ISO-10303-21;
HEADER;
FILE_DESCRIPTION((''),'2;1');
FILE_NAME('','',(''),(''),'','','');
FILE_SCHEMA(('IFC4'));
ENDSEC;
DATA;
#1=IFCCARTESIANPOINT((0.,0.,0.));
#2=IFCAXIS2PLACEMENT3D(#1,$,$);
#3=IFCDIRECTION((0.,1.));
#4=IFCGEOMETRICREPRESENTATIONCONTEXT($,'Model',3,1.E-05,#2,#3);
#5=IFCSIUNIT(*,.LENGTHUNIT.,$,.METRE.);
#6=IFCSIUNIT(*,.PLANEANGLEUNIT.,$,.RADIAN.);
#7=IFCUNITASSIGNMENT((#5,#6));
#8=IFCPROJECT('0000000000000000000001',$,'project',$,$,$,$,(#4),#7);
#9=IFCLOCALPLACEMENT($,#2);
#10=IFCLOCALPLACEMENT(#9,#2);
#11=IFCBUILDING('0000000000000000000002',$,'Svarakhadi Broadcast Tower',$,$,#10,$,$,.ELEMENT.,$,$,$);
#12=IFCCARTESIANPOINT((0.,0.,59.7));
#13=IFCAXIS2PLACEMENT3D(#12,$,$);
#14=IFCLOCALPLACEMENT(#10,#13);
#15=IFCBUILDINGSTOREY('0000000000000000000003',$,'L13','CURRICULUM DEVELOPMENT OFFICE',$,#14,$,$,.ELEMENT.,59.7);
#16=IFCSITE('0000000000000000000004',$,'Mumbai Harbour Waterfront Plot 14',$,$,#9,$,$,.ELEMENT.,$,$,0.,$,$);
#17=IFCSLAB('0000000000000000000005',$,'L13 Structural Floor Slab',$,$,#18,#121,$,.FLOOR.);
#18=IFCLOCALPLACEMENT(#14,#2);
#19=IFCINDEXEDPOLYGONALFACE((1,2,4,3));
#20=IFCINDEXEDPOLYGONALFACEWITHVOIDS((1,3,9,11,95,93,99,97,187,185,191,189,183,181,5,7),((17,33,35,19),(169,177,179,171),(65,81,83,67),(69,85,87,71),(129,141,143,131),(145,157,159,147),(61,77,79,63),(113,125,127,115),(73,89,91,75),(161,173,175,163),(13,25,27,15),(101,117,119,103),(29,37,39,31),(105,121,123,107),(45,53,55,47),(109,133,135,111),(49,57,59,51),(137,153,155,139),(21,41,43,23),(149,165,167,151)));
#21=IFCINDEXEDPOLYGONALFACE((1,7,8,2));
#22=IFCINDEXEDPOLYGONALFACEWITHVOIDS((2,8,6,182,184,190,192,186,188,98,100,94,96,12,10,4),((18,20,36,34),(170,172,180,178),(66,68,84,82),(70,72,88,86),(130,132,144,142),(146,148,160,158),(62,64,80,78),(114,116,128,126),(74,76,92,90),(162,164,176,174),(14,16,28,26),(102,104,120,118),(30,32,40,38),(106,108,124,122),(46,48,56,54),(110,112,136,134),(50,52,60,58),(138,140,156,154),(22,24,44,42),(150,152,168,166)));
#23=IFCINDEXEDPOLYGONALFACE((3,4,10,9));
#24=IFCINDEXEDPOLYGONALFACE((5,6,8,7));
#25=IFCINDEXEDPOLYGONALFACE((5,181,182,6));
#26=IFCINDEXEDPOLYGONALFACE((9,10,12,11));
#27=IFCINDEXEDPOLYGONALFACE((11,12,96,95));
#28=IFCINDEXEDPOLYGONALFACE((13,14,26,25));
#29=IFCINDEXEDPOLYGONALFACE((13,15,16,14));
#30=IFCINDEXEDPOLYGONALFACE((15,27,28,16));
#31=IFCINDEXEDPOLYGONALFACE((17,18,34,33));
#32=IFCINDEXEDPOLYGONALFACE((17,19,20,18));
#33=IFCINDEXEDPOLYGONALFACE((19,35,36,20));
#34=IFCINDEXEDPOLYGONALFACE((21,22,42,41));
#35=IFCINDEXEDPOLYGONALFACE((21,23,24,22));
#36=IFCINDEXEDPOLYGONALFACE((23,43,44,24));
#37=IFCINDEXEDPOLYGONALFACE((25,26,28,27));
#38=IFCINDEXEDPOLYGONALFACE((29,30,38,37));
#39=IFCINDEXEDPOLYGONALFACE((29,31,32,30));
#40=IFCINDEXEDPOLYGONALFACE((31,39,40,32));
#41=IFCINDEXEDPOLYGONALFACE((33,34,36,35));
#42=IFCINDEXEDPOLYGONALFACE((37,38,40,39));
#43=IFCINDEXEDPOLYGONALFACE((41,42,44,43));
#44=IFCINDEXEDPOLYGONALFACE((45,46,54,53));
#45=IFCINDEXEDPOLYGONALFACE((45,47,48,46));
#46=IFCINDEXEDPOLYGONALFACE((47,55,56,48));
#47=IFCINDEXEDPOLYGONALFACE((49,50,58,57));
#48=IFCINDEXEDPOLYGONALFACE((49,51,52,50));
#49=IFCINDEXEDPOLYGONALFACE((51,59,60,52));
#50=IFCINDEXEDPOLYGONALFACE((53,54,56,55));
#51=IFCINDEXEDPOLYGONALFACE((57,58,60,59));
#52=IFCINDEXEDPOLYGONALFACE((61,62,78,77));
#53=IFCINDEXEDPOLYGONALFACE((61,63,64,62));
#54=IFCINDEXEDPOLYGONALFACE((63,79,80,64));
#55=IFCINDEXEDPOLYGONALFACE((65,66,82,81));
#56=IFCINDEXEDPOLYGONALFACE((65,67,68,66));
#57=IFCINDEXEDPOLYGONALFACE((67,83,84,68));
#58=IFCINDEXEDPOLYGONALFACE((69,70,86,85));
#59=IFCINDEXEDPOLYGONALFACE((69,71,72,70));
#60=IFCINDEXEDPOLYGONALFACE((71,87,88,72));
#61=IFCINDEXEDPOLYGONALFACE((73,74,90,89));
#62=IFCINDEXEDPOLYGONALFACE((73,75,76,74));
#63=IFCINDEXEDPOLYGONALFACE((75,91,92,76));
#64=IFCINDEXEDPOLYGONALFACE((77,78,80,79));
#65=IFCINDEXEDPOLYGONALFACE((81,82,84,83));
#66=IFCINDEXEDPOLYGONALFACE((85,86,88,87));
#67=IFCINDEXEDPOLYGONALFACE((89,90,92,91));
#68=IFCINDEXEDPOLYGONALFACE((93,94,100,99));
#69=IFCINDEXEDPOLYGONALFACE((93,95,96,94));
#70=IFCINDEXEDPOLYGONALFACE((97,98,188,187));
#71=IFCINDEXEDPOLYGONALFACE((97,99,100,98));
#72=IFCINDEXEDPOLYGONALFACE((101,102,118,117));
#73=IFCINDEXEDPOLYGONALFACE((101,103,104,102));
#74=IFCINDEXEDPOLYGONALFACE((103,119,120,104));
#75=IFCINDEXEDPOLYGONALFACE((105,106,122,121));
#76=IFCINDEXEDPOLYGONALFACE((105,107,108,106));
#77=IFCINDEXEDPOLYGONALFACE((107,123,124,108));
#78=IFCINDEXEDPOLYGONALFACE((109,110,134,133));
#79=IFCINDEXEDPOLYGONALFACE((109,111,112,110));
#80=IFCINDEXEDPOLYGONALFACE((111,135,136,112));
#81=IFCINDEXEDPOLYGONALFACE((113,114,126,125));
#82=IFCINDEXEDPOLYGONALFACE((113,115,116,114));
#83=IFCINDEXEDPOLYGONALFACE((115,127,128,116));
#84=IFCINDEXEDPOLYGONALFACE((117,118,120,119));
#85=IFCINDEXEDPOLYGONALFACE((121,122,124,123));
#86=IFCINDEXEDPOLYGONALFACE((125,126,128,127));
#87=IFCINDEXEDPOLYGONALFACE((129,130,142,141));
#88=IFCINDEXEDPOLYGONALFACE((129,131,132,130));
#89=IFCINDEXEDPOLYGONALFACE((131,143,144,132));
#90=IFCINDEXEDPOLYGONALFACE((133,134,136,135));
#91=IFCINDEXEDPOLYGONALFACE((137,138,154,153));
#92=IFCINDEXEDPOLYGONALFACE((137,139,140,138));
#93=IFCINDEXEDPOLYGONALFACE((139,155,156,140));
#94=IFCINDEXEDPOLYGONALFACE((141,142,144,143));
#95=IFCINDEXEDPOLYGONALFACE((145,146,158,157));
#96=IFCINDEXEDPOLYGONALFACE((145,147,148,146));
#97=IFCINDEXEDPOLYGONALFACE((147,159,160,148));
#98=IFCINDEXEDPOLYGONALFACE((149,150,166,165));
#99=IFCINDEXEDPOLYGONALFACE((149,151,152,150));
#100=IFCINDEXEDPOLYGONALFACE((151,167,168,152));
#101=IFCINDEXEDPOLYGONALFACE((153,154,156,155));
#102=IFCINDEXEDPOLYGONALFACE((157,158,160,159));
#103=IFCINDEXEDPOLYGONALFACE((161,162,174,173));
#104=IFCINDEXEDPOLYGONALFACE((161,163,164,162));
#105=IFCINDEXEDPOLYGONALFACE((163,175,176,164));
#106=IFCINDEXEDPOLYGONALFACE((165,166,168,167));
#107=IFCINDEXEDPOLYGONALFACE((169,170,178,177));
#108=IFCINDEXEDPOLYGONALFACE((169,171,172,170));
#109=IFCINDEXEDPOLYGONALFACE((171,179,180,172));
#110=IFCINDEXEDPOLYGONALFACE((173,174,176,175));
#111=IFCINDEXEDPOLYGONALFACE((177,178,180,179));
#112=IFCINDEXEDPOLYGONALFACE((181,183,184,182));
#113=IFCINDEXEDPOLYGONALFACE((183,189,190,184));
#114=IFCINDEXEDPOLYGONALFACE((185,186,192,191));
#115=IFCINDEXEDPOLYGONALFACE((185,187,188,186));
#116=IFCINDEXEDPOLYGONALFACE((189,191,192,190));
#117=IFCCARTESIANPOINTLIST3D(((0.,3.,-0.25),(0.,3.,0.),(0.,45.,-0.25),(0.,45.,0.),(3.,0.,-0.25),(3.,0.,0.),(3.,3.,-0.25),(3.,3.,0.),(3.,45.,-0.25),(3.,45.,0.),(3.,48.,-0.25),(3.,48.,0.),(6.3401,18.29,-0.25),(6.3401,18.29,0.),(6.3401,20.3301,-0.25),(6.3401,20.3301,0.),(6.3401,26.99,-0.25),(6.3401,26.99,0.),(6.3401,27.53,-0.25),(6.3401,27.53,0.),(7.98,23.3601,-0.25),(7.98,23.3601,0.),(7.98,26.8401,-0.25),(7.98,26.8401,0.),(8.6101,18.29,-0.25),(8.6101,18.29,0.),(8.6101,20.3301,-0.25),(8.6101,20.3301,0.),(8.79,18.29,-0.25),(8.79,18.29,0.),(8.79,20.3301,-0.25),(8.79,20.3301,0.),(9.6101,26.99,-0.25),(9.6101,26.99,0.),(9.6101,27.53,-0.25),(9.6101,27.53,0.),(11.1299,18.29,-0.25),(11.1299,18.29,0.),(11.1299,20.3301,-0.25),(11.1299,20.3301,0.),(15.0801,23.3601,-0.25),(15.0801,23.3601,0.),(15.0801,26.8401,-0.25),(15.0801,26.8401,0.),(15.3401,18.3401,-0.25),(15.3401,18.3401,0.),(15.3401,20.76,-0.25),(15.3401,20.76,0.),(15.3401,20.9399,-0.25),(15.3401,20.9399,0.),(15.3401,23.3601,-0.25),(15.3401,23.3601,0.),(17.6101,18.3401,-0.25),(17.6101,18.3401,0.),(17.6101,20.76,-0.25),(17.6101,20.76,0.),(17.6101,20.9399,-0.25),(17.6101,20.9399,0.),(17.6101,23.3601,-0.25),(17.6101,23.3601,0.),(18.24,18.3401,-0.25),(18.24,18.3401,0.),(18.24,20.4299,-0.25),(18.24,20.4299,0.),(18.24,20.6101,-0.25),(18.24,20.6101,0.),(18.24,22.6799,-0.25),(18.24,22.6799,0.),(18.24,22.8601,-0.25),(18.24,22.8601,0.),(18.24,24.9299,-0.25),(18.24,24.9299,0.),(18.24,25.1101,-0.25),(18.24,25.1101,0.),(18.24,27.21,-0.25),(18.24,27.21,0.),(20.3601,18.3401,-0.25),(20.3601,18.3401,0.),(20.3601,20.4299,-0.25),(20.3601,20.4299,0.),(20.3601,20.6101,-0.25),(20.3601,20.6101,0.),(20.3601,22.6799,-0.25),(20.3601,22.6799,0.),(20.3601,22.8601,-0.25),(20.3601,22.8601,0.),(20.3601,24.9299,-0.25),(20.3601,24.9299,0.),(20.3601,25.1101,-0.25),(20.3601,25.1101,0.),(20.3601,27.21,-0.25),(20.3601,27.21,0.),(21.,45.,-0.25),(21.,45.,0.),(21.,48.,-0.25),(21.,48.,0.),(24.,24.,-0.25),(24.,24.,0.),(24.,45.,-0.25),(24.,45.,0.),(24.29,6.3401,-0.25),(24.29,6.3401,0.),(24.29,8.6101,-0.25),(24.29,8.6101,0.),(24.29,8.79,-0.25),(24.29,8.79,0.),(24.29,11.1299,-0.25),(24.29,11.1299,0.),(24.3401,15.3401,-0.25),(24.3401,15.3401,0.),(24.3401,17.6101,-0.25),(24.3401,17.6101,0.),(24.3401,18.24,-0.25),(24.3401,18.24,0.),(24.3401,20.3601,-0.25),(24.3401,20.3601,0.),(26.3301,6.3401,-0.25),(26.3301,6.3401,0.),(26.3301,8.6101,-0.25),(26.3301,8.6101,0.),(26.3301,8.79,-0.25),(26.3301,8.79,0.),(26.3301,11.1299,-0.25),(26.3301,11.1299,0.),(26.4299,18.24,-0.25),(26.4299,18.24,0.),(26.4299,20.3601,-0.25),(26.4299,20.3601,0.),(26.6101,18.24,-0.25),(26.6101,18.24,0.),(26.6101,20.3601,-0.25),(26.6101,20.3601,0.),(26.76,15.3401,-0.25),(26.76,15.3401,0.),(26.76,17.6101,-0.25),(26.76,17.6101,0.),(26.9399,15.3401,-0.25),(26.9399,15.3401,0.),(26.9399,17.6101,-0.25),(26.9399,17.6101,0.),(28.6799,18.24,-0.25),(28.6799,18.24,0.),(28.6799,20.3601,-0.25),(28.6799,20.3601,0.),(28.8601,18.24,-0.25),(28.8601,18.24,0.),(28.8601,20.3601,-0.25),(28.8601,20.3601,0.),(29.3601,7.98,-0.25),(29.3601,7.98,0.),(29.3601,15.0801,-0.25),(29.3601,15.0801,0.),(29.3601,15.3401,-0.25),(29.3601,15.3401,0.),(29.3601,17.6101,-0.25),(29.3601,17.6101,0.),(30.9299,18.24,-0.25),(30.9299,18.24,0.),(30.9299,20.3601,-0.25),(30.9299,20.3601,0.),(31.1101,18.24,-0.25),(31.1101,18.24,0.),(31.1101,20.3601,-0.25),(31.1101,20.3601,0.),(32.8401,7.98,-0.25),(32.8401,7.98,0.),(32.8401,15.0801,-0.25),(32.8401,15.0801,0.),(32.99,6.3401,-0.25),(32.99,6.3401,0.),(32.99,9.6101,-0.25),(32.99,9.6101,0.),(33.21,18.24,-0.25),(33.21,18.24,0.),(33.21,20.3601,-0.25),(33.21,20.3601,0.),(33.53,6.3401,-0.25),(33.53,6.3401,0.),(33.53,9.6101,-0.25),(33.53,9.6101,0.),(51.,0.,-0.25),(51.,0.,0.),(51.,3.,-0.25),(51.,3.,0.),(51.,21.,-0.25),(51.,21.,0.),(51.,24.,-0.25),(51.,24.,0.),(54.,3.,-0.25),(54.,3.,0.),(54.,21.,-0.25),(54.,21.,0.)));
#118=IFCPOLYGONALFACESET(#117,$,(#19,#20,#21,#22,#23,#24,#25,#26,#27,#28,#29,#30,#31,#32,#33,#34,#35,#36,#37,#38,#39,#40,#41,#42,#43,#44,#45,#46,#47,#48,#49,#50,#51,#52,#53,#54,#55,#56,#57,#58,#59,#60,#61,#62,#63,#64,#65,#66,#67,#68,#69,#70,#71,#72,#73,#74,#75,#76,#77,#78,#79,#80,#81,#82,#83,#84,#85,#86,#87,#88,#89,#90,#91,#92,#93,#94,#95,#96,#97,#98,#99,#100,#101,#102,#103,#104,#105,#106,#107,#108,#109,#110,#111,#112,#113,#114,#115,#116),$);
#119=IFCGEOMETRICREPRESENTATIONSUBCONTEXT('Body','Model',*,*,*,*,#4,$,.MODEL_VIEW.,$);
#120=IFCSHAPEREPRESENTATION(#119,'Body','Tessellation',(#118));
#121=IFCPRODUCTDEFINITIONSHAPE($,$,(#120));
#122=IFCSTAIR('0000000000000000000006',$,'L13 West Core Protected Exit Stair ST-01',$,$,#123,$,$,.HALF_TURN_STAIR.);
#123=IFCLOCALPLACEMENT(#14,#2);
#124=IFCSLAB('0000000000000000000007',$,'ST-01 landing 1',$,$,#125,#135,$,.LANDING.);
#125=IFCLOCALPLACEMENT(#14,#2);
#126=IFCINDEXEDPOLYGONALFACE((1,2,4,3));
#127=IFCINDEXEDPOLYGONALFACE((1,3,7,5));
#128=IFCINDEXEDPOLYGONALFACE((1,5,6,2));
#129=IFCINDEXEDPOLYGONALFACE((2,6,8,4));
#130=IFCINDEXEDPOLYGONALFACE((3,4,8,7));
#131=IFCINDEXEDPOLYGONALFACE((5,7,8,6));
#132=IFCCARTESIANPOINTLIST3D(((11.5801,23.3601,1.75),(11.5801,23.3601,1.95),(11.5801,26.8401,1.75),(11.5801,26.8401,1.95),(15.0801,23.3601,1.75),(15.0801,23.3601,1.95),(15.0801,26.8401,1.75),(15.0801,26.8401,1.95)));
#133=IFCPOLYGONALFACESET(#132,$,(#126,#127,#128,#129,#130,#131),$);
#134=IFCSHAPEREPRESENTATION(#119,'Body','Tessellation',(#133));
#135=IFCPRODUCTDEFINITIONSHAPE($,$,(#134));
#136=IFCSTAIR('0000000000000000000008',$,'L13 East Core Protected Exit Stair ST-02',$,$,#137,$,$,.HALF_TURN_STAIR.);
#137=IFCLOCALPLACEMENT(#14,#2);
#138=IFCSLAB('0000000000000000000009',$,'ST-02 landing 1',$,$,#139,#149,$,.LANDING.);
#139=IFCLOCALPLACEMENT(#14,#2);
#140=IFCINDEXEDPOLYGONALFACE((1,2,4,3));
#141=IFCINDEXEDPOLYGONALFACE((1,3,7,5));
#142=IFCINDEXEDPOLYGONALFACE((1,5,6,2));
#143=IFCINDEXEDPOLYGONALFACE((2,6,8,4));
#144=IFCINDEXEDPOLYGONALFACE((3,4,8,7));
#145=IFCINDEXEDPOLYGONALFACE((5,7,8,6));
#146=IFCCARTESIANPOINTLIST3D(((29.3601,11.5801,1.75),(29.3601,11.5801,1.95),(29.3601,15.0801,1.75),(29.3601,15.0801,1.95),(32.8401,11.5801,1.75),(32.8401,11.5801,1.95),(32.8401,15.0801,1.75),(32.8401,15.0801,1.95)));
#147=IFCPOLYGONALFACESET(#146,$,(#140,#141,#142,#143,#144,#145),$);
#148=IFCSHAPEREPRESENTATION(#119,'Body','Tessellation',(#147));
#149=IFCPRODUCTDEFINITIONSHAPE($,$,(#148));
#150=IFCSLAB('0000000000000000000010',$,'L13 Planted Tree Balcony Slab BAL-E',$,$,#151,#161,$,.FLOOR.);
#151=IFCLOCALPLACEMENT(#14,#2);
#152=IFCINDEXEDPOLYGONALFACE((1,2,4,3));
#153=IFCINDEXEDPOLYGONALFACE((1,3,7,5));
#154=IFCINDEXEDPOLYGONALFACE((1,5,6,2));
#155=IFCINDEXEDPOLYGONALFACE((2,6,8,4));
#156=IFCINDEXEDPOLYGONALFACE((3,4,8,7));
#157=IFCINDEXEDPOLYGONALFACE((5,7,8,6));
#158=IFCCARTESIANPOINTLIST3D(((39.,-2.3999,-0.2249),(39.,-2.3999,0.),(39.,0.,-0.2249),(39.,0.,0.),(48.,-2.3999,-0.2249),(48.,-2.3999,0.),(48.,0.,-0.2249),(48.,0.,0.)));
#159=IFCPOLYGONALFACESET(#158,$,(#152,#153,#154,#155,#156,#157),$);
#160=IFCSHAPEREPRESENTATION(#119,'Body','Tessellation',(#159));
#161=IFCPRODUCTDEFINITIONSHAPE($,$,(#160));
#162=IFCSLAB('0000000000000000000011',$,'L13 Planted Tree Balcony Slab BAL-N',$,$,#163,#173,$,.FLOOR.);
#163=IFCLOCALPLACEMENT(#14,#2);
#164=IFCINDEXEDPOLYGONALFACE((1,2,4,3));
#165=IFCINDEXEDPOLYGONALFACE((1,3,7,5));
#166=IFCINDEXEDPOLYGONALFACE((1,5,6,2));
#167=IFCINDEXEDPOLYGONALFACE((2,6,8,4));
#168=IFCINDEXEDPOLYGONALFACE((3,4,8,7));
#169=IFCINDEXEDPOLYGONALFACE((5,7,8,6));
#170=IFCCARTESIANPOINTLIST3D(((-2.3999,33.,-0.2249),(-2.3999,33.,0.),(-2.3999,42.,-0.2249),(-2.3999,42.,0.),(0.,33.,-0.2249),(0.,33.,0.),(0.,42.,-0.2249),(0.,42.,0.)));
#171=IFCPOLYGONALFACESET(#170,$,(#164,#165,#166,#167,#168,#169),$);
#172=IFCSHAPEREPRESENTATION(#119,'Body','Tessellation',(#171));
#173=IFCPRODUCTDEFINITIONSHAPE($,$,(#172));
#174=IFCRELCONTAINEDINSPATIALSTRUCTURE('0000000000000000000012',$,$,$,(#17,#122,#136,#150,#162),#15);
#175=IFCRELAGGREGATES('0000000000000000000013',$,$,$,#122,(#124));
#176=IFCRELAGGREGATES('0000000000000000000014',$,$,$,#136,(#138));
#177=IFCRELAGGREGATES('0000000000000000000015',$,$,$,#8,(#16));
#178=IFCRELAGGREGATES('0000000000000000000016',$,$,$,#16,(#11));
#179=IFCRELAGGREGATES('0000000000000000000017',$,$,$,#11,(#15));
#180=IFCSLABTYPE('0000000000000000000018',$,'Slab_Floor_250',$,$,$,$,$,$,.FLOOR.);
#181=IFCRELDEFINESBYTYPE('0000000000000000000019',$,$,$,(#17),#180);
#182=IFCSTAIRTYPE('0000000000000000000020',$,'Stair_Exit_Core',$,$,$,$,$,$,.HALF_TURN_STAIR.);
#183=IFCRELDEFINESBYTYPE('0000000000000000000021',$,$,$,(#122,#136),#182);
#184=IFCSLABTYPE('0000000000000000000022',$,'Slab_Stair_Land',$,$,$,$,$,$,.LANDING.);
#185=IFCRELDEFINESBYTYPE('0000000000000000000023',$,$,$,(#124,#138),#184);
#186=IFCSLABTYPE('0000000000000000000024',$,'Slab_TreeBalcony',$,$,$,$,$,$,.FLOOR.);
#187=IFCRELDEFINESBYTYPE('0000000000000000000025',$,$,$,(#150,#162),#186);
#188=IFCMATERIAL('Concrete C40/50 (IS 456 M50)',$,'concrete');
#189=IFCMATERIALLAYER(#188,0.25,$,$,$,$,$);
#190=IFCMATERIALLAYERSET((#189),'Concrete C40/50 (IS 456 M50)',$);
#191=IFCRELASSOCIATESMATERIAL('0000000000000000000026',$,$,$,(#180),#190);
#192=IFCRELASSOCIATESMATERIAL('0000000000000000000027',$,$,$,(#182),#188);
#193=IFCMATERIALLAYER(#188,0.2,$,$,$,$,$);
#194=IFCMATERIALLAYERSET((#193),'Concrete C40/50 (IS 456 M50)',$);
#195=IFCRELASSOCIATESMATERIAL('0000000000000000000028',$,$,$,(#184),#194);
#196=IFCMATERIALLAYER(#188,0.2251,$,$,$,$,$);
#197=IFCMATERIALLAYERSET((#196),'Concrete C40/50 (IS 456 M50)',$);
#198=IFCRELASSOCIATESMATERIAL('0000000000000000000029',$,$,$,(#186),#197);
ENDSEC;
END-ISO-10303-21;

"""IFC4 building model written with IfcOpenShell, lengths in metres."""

from ifc_helpers import new_model, si_unit, direction, frame, origin, place, context, subcontext, project, spatial, polyline, outline, extrude, material, layer, layer_set, type_object, element, aggregate, save


model = new_model("IFC4")

# Units and contexts
model_context = context("Model", 3, precision=1e-05, world=origin(), true_north=direction((0.0, 1.0)))
body_context = subcontext(model_context, "Body", "Model", "MODEL_VIEW")
ifc_project = project(units=[si_unit("LENGTHUNIT", "METRE"), si_unit("PLANEANGLEUNIT", "RADIAN")], contexts=[model_context])

# Site, building, storey
site_placement = place(None, origin())
site = spatial("IfcSite", under=ifc_project, at=site_placement, Name="Mumbai Harbour Waterfront Plot 14", CompositionType="ELEMENT", RefElevation=0.0)
building_placement = place(site_placement, origin())
building = spatial("IfcBuilding", under=site, at=building_placement, Name="Svarakhadi Broadcast Tower", CompositionType="ELEMENT")
storey_placement = place(building_placement, frame((0.0, 0.0, 59.7)))
storey = spatial("IfcBuildingStorey", under=building, at=storey_placement, Name="L13", Description="CURRICULUM DEVELOPMENT OFFICE", CompositionType="ELEMENT", Elevation=59.7)

# Slab
ifc_material_1 = material(Name="Concrete C40/50 (IS 456 M50)", Category="concrete")
ifc_layer_1 = layer(ifc_material_1, 0.25)
ifc_layer_set_1 = layer_set([ifc_layer_1], Name="Concrete C40/50 (IS 456 M50)")
slab_type_1 = type_object("IfcSlabType", Name="Slab_Floor_250", PredefinedType="FLOOR", material=ifc_layer_set_1)
slab_1_placement = place(storey_placement, frame((0.0, 0.0, -0.25)))
element("IfcSlab", 1, at=slab_1_placement, inside=storey, type_object=slab_type_1, Name="L13 Structural Floor Slab", PredefinedType="FLOOR", context=body_context, shape_type="SweptSolid", body=[
    extrude(outline(polyline([(3.0, 0.0), (51.0, 0.0), (51.0, 3.0), (54.0, 3.0), (54.0, 21.0), (51.0, 21.0), (51.0, 24.0), (24.0, 24.0), (24.0, 45.0), (21.0, 45.0), (21.0, 48.0), (3.0, 48.0), (3.0, 45.0), (0.0, 45.0), (0.0, 3.0), (3.0, 3.0), (3.0, 0.0)]), holes=[polyline([(7.98, 23.3601), (15.0801, 23.3601), (15.0801, 26.8401), (7.98, 26.8401), (7.98, 23.3601)]), polyline([(32.8401, 7.98), (32.8401, 15.0801), (29.3601, 15.0801), (29.3601, 7.98), (32.8401, 7.98)]), polyline([(6.3401, 18.29), (8.6101, 18.29), (8.6101, 20.3301), (6.3401, 20.3301), (6.3401, 18.29)]), polyline([(8.79, 18.29), (11.1299, 18.29), (11.1299, 20.3301), (8.79, 20.3301), (8.79, 18.29)]), polyline([(24.29, 6.3401), (26.3301, 6.3401), (26.3301, 8.6101), (24.29, 8.6101), (24.29, 6.3401)]), polyline([(24.29, 8.79), (26.3301, 8.79), (26.3301, 11.1299), (24.29, 11.1299), (24.29, 8.79)]), polyline([(6.3401, 26.99), (9.6101, 26.99), (9.6101, 27.53), (6.3401, 27.53), (6.3401, 26.99)]), polyline([(32.99, 6.3401), (33.53, 6.3401), (33.53, 9.6101), (32.99, 9.6101), (32.99, 6.3401)]), polyline([(15.3401, 18.3401), (17.6101, 18.3401), (17.6101, 20.76), (15.3401, 20.76), (15.3401, 18.3401)]), polyline([(15.3401, 20.9399), (17.6101, 20.9399), (17.6101, 23.3601), (15.3401, 23.3601), (15.3401, 20.9399)]), polyline([(24.3401, 15.3401), (26.76, 15.3401), (26.76, 17.6101), (24.3401, 17.6101), (24.3401, 15.3401)]), polyline([(26.9399, 15.3401), (29.3601, 15.3401), (29.3601, 17.6101), (26.9399, 17.6101), (26.9399, 15.3401)]), polyline([(18.24, 18.3401), (20.3601, 18.3401), (20.3601, 20.4299), (18.24, 20.4299), (18.24, 18.3401)]), polyline([(18.24, 20.6101), (20.3601, 20.6101), (20.3601, 22.6799), (18.24, 22.6799), (18.24, 20.6101)]), polyline([(18.24, 22.8601), (20.3601, 22.8601), (20.3601, 24.9299), (18.24, 24.9299), (18.24, 22.8601)]), polyline([(18.24, 25.1101), (20.3601, 25.1101), (20.3601, 27.21), (18.24, 27.21), (18.24, 25.1101)]), polyline([(24.3401, 18.24), (26.4299, 18.24), (26.4299, 20.3601), (24.3401, 20.3601), (24.3401, 18.24)]), polyline([(26.6101, 18.24), (28.6799, 18.24), (28.6799, 20.3601), (26.6101, 20.3601), (26.6101, 18.24)]), polyline([(28.8601, 18.24), (30.9299, 18.24), (30.9299, 20.3601), (28.8601, 20.3601), (28.8601, 18.24)]), polyline([(31.1101, 18.24), (33.21, 18.24), (33.21, 20.3601), (31.1101, 20.3601), (31.1101, 18.24)])]), origin(), (0.0, 0.0, 1.0), 0.25),
])

# Stairs, slabs
stair_type = type_object("IfcStairType", Name="Stair_Exit_Core", PredefinedType="HALF_TURN_STAIR", material=ifc_material_1)
stair_1_placement = place(storey_placement, origin())
stair_1 = element("IfcStair", 2, at=stair_1_placement, inside=storey, type_object=stair_type, Name="L13 West Core Protected Exit Stair ST-01", PredefinedType="HALF_TURN_STAIR")
ifc_layer_2 = layer(ifc_material_1, 0.2)
ifc_layer_set_2 = layer_set([ifc_layer_2], Name="Concrete C40/50 (IS 456 M50)")
slab_type_2 = type_object("IfcSlabType", Name="Slab_Stair_Land", PredefinedType="LANDING", material=ifc_layer_set_2)
slab_2_placement = place(storey_placement, frame((0.0, 0.0, 1.75)))
slab_2 = element("IfcSlab", 3, at=slab_2_placement, type_object=slab_type_2, Name="ST-01 landing 1", PredefinedType="LANDING", context=body_context, shape_type="SweptSolid", body=[
    extrude(outline(polyline([(11.5801, 23.3601), (15.0801, 23.3601), (15.0801, 26.8401), (11.5801, 26.8401), (11.5801, 23.3601)])), origin(), (0.0, 0.0, 1.0), 0.2),
])
aggregate(stair_1, [slab_2])
stair_2_placement = place(storey_placement, origin())
stair_2 = element("IfcStair", 4, at=stair_2_placement, inside=storey, type_object=stair_type, Name="L13 East Core Protected Exit Stair ST-02", PredefinedType="HALF_TURN_STAIR")
slab_3_placement = place(storey_placement, frame((0.0, 0.0, 1.75)))
slab_3 = element("IfcSlab", 5, at=slab_3_placement, type_object=slab_type_2, Name="ST-02 landing 1", PredefinedType="LANDING", context=body_context, shape_type="SweptSolid", body=[
    extrude(outline(polyline([(32.8401, 11.5801), (32.8401, 15.0801), (29.3601, 15.0801), (29.3601, 11.5801), (32.8401, 11.5801)])), origin(), (0.0, 0.0, 1.0), 0.2),
])
aggregate(stair_2, [slab_3])

# Slabs
ifc_layer_3 = layer(ifc_material_1, 0.2251)
ifc_layer_set_3 = layer_set([ifc_layer_3], Name="Concrete C40/50 (IS 456 M50)")
slab_type_3 = type_object("IfcSlabType", Name="Slab_TreeBalcony", PredefinedType="FLOOR", material=ifc_layer_set_3)
slab_4_placement = place(storey_placement, frame((0.0, 0.0, -0.2249)))
element("IfcSlab", 6, at=slab_4_placement, inside=storey, type_object=slab_type_3, Name="L13 Planted Tree Balcony Slab BAL-E", PredefinedType="FLOOR", context=body_context, shape_type="SweptSolid", body=[
    extrude(outline(polyline([(39.0, -2.3999), (48.0, -2.3999), (48.0, 0.0), (39.0, 0.0), (39.0, -2.3999)])), origin(), (0.0, 0.0, 1.0), 0.2249),
])
slab_5_placement = place(storey_placement, frame((0.0, 0.0, -0.2249)))
element("IfcSlab", 7, at=slab_5_placement, inside=storey, type_object=slab_type_3, Name="L13 Planted Tree Balcony Slab BAL-N", PredefinedType="FLOOR", context=body_context, shape_type="SweptSolid", body=[
    extrude(outline(polyline([(-2.3999, 33.0), (0.0, 33.0), (0.0, 42.0), (-2.3999, 42.0), (-2.3999, 33.0)])), origin(), (0.0, 0.0, 1.0), 0.2249),
])

save(model, "model.ifc")
